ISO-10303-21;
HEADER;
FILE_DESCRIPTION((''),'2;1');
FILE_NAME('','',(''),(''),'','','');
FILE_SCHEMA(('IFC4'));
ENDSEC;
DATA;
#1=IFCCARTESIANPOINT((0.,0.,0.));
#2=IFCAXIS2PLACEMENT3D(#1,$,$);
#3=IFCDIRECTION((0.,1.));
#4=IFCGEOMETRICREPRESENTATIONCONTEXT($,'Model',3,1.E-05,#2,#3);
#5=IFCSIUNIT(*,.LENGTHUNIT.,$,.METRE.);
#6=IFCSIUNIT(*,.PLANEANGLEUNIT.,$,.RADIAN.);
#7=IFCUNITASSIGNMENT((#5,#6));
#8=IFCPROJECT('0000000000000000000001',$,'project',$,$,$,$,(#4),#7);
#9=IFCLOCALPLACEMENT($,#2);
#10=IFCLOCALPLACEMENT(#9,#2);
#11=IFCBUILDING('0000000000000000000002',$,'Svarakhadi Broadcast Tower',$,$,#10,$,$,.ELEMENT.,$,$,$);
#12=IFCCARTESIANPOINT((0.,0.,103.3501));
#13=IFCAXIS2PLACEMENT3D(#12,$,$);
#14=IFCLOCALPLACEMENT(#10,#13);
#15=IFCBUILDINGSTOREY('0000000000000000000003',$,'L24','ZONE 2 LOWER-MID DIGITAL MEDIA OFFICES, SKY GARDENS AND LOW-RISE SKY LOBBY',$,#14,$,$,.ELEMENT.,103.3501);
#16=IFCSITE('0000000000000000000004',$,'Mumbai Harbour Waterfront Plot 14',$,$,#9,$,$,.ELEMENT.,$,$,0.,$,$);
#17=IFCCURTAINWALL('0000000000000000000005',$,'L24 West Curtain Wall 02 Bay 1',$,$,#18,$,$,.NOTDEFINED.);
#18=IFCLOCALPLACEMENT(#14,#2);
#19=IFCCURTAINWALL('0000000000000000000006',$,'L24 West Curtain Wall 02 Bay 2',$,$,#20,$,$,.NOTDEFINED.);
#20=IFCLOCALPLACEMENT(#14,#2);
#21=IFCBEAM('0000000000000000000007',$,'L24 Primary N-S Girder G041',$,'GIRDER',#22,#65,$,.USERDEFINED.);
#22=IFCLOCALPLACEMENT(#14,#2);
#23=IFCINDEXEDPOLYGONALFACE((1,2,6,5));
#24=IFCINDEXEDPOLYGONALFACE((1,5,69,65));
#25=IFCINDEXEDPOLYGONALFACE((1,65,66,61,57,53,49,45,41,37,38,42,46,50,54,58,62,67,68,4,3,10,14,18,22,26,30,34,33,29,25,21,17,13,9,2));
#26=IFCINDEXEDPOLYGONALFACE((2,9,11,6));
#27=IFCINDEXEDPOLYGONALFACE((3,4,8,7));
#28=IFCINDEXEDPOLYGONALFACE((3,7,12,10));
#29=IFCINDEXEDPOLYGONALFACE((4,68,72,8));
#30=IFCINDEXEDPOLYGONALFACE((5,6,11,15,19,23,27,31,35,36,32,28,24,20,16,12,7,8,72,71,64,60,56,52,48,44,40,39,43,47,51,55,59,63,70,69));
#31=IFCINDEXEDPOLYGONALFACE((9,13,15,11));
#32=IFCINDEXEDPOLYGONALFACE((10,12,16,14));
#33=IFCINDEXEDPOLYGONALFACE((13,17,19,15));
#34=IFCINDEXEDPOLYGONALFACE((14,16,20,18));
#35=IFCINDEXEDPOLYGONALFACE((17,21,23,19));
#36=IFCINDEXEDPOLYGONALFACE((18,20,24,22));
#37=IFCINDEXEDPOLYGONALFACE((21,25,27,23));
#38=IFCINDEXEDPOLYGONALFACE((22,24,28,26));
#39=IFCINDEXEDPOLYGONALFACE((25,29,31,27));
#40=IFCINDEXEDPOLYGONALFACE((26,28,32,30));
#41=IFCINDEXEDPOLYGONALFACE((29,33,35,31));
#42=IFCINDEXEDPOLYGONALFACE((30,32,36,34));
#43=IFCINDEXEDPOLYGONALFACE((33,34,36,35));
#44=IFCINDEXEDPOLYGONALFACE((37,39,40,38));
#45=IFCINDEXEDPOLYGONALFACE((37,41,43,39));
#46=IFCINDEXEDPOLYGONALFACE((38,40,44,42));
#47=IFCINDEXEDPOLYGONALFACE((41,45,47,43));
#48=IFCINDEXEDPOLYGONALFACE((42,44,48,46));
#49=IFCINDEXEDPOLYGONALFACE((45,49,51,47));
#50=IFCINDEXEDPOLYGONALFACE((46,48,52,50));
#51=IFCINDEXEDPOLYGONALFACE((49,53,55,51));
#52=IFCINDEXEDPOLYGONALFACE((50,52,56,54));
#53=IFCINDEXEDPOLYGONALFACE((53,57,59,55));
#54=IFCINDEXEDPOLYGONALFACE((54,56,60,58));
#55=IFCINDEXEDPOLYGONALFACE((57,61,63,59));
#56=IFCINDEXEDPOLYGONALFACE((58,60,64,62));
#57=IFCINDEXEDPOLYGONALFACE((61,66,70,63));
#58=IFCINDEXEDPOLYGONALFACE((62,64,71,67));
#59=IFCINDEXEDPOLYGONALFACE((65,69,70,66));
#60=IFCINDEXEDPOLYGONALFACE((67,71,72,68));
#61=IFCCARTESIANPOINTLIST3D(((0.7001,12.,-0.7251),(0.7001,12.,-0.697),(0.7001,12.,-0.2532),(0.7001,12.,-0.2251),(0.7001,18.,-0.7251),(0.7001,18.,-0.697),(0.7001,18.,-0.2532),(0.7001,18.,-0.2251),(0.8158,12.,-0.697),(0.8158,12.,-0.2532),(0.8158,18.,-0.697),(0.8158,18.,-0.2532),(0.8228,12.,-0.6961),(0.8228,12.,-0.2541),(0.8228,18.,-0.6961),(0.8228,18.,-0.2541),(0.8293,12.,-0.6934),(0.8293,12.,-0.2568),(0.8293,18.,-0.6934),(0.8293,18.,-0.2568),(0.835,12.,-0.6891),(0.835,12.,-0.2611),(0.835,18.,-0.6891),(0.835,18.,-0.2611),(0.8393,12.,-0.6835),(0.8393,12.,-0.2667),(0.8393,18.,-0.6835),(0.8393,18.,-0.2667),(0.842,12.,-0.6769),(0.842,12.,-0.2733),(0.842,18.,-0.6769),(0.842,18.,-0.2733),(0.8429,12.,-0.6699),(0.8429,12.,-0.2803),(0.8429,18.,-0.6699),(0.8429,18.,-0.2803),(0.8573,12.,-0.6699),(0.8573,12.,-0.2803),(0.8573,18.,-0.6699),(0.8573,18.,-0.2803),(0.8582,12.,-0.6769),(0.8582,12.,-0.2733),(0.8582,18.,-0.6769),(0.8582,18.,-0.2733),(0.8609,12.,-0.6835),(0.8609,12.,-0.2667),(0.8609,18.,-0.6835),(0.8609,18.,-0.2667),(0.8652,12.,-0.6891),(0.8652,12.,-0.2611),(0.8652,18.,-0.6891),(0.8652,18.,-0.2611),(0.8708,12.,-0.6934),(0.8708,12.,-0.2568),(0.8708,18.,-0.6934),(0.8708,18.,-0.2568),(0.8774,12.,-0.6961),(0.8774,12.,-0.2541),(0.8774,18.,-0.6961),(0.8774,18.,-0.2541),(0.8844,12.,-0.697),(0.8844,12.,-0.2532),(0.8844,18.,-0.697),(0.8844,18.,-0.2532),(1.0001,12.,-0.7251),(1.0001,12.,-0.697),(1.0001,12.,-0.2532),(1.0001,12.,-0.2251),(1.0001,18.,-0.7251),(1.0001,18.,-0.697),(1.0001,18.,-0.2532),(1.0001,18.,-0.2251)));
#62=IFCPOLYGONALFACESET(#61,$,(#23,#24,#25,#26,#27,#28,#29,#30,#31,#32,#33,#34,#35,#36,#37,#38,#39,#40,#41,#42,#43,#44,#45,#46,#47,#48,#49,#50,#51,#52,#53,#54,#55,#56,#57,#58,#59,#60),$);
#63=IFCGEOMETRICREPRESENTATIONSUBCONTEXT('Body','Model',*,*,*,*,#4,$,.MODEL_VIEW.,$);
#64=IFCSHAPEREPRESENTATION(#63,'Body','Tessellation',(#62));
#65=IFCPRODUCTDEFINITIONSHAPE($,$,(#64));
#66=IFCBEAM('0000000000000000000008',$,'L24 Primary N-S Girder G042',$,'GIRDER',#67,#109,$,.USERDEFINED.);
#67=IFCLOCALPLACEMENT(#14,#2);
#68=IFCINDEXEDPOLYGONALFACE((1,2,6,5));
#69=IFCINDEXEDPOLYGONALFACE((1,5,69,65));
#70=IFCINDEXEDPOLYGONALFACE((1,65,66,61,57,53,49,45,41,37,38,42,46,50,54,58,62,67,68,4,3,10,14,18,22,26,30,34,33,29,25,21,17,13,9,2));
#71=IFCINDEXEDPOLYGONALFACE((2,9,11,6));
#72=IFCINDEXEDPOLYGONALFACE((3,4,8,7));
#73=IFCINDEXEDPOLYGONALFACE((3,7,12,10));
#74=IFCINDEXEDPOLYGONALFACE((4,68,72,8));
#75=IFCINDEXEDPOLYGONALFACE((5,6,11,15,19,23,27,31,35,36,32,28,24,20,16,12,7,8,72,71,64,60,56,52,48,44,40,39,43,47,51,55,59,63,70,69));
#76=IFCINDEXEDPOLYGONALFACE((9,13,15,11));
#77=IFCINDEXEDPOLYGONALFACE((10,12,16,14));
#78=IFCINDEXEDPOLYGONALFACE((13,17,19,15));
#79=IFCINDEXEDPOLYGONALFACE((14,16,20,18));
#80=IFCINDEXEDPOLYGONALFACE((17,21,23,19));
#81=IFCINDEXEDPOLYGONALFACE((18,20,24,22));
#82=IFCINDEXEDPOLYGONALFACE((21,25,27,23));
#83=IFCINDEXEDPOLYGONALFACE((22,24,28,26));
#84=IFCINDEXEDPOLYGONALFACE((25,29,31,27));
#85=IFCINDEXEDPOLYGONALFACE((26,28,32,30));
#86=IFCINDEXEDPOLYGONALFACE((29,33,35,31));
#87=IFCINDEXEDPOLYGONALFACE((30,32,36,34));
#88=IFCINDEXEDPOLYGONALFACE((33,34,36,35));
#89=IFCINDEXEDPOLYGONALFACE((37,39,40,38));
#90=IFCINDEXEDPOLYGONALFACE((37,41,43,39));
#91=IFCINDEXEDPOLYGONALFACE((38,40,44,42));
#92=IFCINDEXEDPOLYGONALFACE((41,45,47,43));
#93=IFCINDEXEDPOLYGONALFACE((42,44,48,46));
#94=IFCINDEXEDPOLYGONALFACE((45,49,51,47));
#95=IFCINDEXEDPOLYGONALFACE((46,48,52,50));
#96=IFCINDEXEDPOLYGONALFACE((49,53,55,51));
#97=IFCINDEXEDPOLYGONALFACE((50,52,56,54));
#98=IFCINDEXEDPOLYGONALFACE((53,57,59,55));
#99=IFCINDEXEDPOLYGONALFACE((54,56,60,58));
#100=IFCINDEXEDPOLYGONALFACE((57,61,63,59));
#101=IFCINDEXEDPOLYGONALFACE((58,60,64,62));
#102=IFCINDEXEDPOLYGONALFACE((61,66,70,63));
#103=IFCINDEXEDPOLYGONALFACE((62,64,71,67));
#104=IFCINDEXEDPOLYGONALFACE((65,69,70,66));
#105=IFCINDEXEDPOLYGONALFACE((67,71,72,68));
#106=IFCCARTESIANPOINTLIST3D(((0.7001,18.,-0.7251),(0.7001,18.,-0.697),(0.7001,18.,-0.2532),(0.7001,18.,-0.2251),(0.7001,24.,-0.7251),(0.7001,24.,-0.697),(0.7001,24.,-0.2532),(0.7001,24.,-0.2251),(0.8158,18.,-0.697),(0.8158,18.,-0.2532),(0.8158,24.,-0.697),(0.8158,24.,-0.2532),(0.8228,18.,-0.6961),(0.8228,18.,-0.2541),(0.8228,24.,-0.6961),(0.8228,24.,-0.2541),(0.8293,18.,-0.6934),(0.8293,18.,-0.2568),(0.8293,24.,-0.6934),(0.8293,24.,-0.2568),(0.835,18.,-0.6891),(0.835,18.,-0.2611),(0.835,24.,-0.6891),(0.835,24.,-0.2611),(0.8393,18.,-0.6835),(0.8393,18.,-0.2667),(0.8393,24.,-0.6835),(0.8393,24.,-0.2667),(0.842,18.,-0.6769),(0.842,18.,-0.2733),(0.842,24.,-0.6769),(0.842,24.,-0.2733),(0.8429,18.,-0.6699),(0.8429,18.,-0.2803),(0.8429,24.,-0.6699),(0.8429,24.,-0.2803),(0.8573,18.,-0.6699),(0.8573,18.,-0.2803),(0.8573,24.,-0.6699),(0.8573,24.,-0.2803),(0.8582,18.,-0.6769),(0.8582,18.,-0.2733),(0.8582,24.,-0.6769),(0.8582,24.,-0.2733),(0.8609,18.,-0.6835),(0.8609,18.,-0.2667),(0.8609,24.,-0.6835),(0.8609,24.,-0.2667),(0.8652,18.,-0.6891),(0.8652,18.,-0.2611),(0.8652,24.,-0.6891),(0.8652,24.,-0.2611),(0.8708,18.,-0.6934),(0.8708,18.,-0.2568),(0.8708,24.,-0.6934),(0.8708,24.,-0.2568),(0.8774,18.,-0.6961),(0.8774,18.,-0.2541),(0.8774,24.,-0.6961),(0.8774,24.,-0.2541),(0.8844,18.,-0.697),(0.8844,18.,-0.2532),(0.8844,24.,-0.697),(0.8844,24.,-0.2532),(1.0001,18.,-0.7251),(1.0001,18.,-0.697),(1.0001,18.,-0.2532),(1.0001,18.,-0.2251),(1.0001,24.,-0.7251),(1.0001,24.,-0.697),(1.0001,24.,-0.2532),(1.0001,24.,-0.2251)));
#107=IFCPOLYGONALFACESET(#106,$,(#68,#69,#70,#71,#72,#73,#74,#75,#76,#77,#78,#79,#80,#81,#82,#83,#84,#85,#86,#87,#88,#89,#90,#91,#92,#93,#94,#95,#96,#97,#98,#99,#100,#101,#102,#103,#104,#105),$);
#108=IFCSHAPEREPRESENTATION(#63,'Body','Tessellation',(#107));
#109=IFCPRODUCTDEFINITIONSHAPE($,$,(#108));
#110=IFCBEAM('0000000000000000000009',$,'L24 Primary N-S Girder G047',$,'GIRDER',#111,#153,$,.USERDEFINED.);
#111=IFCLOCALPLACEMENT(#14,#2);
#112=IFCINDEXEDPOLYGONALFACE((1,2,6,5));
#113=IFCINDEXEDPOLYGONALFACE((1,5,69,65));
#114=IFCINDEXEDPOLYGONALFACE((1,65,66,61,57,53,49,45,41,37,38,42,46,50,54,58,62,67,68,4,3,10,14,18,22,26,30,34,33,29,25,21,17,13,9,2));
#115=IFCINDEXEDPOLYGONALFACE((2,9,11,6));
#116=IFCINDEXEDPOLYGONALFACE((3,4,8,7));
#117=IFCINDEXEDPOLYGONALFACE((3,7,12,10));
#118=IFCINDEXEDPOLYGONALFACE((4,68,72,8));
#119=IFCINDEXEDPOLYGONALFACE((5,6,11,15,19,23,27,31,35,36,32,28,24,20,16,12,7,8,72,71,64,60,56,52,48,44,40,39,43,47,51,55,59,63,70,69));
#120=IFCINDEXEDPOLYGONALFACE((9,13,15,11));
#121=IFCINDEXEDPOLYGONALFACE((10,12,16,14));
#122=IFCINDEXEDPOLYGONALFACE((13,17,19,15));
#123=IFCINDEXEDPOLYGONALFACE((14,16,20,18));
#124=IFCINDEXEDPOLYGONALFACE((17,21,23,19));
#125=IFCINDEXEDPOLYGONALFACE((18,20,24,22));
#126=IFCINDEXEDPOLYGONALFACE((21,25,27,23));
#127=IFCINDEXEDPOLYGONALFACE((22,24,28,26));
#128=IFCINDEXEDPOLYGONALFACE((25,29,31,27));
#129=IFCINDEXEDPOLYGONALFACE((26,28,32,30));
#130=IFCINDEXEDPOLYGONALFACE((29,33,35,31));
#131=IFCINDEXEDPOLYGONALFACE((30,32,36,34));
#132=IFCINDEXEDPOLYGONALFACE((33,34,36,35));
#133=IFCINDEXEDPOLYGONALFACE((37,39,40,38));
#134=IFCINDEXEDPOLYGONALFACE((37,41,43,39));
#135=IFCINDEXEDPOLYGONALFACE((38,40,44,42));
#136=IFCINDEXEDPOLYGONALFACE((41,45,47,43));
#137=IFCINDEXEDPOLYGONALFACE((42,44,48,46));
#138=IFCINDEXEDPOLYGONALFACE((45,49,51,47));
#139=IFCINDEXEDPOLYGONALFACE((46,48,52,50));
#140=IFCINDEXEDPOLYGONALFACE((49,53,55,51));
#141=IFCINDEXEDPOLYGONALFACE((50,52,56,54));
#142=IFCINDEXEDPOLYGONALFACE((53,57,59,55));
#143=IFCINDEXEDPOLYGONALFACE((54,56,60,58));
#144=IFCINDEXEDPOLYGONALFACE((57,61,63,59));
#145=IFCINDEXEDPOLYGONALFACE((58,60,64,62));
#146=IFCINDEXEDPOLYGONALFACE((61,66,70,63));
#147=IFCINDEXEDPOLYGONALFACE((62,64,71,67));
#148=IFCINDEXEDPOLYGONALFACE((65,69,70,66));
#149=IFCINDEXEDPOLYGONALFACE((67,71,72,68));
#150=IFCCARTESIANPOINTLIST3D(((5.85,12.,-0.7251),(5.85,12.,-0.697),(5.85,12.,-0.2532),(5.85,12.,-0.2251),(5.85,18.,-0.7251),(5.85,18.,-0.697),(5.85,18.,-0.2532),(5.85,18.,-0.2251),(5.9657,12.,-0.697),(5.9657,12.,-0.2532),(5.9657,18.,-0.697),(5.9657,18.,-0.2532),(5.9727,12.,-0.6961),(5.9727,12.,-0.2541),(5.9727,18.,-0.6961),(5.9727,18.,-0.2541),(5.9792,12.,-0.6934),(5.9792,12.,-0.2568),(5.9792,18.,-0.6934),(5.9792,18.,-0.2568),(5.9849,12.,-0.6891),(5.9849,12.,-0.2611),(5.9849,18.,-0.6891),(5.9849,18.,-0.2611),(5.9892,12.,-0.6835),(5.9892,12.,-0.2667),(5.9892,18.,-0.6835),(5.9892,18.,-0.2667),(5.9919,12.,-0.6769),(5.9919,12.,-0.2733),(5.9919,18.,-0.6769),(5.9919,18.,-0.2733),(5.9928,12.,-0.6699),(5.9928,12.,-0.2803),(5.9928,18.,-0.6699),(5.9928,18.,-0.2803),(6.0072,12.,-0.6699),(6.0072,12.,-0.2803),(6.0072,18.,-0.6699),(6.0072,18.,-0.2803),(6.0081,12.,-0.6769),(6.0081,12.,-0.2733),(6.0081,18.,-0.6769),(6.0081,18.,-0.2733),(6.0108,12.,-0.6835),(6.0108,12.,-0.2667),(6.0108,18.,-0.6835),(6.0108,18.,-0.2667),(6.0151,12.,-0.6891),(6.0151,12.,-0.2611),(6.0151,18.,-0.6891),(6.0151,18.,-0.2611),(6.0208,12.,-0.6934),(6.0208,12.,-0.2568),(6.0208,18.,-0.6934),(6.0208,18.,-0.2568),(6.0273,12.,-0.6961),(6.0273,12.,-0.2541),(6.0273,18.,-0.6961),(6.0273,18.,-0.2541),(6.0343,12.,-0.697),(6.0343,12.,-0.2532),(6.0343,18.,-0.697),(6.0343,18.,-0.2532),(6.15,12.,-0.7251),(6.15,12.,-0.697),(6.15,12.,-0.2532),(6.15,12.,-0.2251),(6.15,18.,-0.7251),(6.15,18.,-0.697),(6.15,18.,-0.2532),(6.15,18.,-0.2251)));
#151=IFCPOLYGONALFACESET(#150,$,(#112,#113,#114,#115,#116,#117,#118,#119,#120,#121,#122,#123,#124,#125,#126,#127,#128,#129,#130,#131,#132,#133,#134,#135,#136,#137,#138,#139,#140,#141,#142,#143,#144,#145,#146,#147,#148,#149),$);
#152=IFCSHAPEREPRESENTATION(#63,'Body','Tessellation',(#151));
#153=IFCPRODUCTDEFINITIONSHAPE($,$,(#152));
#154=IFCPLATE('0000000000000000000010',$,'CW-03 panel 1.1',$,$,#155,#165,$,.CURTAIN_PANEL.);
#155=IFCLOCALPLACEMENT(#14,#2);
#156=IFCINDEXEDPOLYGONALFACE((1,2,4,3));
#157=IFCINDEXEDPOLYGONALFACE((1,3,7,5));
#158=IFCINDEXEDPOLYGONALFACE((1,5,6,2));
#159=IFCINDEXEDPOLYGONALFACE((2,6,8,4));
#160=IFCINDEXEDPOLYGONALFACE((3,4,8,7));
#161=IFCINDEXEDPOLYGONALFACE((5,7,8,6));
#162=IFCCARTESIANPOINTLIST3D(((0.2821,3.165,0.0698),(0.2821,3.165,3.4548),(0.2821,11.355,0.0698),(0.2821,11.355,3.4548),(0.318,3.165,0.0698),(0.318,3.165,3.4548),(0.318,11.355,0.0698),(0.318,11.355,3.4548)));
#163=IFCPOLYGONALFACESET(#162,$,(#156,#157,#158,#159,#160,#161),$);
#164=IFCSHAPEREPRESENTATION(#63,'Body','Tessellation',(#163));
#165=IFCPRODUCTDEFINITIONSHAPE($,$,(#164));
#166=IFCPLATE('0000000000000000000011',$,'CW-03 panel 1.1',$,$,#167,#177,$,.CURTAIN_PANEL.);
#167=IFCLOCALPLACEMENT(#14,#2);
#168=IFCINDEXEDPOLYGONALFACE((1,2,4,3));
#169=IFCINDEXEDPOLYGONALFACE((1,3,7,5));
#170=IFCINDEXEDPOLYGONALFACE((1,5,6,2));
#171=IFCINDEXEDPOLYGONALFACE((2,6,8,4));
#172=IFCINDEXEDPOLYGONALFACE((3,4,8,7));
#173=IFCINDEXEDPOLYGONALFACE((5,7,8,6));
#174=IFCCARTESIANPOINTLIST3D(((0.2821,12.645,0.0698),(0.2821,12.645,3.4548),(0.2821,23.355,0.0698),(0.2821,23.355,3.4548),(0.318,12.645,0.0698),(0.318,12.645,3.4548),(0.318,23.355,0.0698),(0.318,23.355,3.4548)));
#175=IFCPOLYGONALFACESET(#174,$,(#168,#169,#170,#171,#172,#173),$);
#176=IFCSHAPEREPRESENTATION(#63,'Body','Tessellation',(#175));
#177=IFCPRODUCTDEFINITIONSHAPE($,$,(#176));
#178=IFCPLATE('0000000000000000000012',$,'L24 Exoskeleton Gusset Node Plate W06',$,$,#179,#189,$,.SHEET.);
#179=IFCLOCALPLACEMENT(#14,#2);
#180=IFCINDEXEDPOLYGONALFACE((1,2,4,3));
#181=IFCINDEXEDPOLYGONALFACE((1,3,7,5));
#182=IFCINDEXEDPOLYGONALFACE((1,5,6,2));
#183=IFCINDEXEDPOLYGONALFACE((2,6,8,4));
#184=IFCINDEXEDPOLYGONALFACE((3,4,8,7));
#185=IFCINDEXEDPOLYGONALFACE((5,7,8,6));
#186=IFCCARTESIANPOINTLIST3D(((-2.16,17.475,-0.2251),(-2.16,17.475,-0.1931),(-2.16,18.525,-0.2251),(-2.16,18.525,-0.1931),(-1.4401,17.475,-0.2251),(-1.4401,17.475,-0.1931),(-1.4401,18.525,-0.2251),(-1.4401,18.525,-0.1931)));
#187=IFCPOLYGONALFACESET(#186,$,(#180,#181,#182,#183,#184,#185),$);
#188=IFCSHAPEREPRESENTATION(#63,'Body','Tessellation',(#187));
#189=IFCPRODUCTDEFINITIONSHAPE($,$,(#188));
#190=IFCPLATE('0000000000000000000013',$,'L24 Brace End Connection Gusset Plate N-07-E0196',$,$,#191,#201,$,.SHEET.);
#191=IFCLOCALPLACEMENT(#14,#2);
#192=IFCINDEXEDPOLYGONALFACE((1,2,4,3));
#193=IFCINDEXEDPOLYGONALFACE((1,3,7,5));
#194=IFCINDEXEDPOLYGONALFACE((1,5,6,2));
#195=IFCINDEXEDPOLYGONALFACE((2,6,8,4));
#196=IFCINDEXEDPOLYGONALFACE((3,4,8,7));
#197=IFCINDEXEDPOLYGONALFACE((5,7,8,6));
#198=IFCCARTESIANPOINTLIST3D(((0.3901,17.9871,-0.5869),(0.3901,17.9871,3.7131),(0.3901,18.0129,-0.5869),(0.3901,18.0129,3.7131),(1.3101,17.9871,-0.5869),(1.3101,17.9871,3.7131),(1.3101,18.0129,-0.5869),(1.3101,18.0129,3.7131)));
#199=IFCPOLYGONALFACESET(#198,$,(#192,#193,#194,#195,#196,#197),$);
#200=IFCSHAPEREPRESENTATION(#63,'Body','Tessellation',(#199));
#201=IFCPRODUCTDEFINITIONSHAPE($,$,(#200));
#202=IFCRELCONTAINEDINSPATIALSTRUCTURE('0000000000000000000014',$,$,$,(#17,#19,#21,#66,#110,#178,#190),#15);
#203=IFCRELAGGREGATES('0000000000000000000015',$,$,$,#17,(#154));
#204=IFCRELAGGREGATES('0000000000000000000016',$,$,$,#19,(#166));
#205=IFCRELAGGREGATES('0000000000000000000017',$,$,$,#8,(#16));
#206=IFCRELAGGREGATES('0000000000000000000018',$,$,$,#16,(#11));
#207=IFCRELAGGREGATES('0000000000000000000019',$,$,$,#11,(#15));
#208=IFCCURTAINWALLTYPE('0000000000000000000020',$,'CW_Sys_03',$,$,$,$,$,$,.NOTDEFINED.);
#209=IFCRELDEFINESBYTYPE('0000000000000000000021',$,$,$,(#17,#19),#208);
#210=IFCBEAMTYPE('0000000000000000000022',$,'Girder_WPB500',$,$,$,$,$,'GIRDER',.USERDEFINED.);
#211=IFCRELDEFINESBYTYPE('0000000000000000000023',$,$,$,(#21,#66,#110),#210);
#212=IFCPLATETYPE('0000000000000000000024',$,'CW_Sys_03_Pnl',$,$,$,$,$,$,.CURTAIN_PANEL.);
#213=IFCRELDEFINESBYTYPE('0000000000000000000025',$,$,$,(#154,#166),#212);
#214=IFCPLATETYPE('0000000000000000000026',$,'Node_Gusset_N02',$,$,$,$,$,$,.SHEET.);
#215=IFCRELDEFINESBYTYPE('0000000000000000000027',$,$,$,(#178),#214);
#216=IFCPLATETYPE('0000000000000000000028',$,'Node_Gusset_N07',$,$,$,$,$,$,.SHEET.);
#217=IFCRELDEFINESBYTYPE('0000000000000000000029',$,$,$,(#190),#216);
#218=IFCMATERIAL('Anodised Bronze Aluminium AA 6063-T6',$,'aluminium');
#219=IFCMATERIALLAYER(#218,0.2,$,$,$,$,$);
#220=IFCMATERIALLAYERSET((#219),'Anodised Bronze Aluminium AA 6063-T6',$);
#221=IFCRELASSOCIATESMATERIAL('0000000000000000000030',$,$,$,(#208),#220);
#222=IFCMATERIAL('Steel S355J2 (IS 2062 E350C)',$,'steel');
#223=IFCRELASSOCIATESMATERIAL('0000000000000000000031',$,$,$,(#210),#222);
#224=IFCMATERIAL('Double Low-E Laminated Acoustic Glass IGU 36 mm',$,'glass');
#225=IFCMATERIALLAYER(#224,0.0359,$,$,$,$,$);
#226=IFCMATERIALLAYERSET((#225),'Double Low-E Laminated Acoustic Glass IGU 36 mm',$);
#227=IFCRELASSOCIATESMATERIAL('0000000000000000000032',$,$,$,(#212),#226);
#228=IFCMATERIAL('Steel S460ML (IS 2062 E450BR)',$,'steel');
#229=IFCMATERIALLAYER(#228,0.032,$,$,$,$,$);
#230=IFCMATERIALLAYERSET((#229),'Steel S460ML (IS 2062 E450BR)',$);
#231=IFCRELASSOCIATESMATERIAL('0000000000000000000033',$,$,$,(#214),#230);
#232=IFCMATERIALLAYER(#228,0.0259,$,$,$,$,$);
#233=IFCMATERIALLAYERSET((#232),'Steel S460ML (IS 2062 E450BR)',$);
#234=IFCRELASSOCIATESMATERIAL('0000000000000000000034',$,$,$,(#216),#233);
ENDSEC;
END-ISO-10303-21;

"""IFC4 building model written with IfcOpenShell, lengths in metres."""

from ifc_helpers import new_model, si_unit, direction, frame, origin, origin_2d, place, context, subcontext, project, spatial, rectangle, i_section, extrude, material, layer, layer_set, material_profile, profile_set, type_object, element, aggregate, save


model = new_model("IFC4")

# Units and contexts
model_context = context("Model", 3, precision=1e-05, world=origin(), true_north=direction((0.0, 1.0)))
body_context = subcontext(model_context, "Body", "Model", "MODEL_VIEW")
ifc_project = project(units=[si_unit("LENGTHUNIT", "METRE"), si_unit("PLANEANGLEUNIT", "RADIAN")], contexts=[model_context])

# Site, building, storey
site_placement = place(None, origin())
site = spatial("IfcSite", under=ifc_project, at=site_placement, Name="Mumbai Harbour Waterfront Plot 14", CompositionType="ELEMENT", RefElevation=0.0)
building_placement = place(site_placement, origin())
building = spatial("IfcBuilding", under=site, at=building_placement, Name="Svarakhadi Broadcast Tower", CompositionType="ELEMENT")
storey_placement = place(building_placement, frame((0.0, 0.0, 103.3501)))
storey = spatial("IfcBuildingStorey", under=building, at=storey_placement, Name="L24", Description="ZONE 2 LOWER-MID DIGITAL MEDIA OFFICES, SKY GARDENS AND LOW-RISE SKY LOBBY", CompositionType="ELEMENT", Elevation=103.3501)

# Shared definitions
ifc_material_1 = material(Name="Steel S460ML (IS 2062 E450BR)", Category="steel")

# Shared definitions
ifc_material_2 = material(Name="Steel S355J2 (IS 2062 E350C)", Category="steel")

# Curtain wall
ifc_material_3 = material(Name="Anodised Bronze Aluminium AA 6063-T6", Category="aluminium")
ifc_layer_1 = layer(ifc_material_3, 0.2)
ifc_layer_set_1 = layer_set([ifc_layer_1], Name="Anodised Bronze Aluminium AA 6063-T6")
curtain_wall_type = type_object("IfcCurtainWallType", Name="CW_Sys_03", PredefinedType="NOTDEFINED", material=ifc_layer_set_1)
curtain_wall_1_placement = place(storey_placement, origin())
curtain_wall_1 = element("IfcCurtainWall", 1, at=curtain_wall_1_placement, inside=storey, type_object=curtain_wall_type, Name="L24 West Curtain Wall 02 Bay 1", PredefinedType="NOTDEFINED")

# Curtain wall
curtain_wall_2_placement = place(storey_placement, origin())
curtain_wall_2 = element("IfcCurtainWall", 2, at=curtain_wall_2_placement, inside=storey, type_object=curtain_wall_type, Name="L24 West Curtain Wall 02 Bay 2", PredefinedType="NOTDEFINED")

# Beams
ifc_material_profile_1 = material_profile(ifc_material_2, i_section(OverallWidth=0.3, OverallDepth=0.5, WebThickness=0.0144, FlangeThickness=0.0281, FilletRadius=0.0271, at=origin_2d()), Name="WPB 500x300x187")
ifc_profile_set_1 = profile_set([ifc_material_profile_1], Name="Steel S355J2 (IS 2062 E350C)")
beam_type_1 = type_object("IfcBeamType", Name="Girder_WPB500", ElementType="GIRDER", PredefinedType="USERDEFINED", material=ifc_profile_set_1)
for number, where, z_axis, x_axis, name in (
    (3, (0.8501, 12.0, -0.4751), (0.0, 1.0, 0.0), (-1.0, 0.0, 0.0), "L24 Primary N-S Girder G041"),
    (4, (0.8501, 18.0, -0.4751), (0.0, 1.0, 0.0), (-1.0, 0.0, 0.0), "L24 Primary N-S Girder G042"),
    (5, (6.0, 12.0, -0.4751), (0.0, 1.0, 0.0), (-1.0, 0.0, 0.0), "L24 Primary N-S Girder G047"),
):
    element("IfcBeam", number, at=place(storey_placement, frame(where, z_axis=z_axis, x_axis=x_axis)), inside=storey, type_object=beam_type_1, Name=name, ObjectType="GIRDER", PredefinedType="USERDEFINED", context=body_context, shape_type="SweptSolid", body=[
        extrude(i_section(OverallWidth=0.3, OverallDepth=0.5, WebThickness=0.0144, FlangeThickness=0.0281, FilletRadius=0.0271, at=origin_2d()), origin(), (0.0, 0.0, 1.0), 6.0),
    ])

# Plates
ifc_material_4 = material(Name="Double Low-E Laminated Acoustic Glass IGU 36 mm", Category="glass")
ifc_layer_2 = layer(ifc_material_4, 0.0359)
ifc_layer_set_2 = layer_set([ifc_layer_2], Name="Double Low-E Laminated Acoustic Glass IGU 36 mm")
plate_type_1 = type_object("IfcPlateType", Name="CW_Sys_03_Pnl", PredefinedType="CURTAIN_PANEL", material=ifc_layer_set_2)
plate_1_placement = place(storey_placement, frame((0.3, 7.26, 0.0698), z_axis=(0.0, 0.0, 1.0), x_axis=(0.0, 1.0, 0.0)))
plate_1 = element("IfcPlate", 6, at=plate_1_placement, type_object=plate_type_1, Name="CW-03 panel 1.1", PredefinedType="CURTAIN_PANEL", context=body_context, shape_type="SweptSolid", body=[
    extrude(rectangle(XDim=8.1899, YDim=0.0359, at=origin_2d()), origin(), (0.0, 0.0, 1.0), 3.385),
])
aggregate(curtain_wall_1, [plate_1])
plate_2_placement = place(storey_placement, frame((0.3, 18.0, 0.0698), z_axis=(0.0, 0.0, 1.0), x_axis=(0.0, 1.0, 0.0)))
plate_2 = element("IfcPlate", 7, at=plate_2_placement, type_object=plate_type_1, Name="CW-03 panel 1.1", PredefinedType="CURTAIN_PANEL", context=body_context, shape_type="SweptSolid", body=[
    extrude(rectangle(XDim=10.71, YDim=0.0359, at=origin_2d()), origin(), (0.0, 0.0, 1.0), 3.385),
])
aggregate(curtain_wall_2, [plate_2])

# Plates
ifc_layer_3 = layer(ifc_material_1, 0.032)
ifc_layer_set_3 = layer_set([ifc_layer_3], Name="Steel S460ML (IS 2062 E450BR)")
plate_type_2 = type_object("IfcPlateType", Name="Node_Gusset_N02", PredefinedType="SHEET", material=ifc_layer_set_3)
plate_3_placement = place(storey_placement, frame((-1.8, 18.0, -0.2251), z_axis=(0.0, 0.0, 1.0), x_axis=(0.0, 1.0, 0.0)))
element("IfcPlate", 8, at=plate_3_placement, inside=storey, type_object=plate_type_2, Name="L24 Exoskeleton Gusset Node Plate W06", PredefinedType="SHEET", context=body_context, shape_type="SweptSolid", body=[
    extrude(rectangle(XDim=1.05, YDim=0.72, at=origin_2d()), origin(), (0.0, 0.0, 1.0), 0.032),
])
ifc_layer_4 = layer(ifc_material_1, 0.0259)
ifc_layer_set_4 = layer_set([ifc_layer_4], Name="Steel S460ML (IS 2062 E450BR)")
plate_type_3 = type_object("IfcPlateType", Name="Node_Gusset_N07", PredefinedType="SHEET", material=ifc_layer_set_4)
plate_4_placement = place(storey_placement, frame((0.8501, 18.0, -0.5869), z_axis=(0.0, 0.0, 1.0), x_axis=(1.0, 0.0, 0.0)))
element("IfcPlate", 9, at=plate_4_placement, inside=storey, type_object=plate_type_3, Name="L24 Brace End Connection Gusset Plate N-07-E0196", PredefinedType="SHEET", context=body_context, shape_type="SweptSolid", body=[
    extrude(rectangle(XDim=0.9199, YDim=0.0259, at=origin_2d()), origin(), (0.0, 0.0, 1.0), 4.3),
])

save(model, "model.ifc")
